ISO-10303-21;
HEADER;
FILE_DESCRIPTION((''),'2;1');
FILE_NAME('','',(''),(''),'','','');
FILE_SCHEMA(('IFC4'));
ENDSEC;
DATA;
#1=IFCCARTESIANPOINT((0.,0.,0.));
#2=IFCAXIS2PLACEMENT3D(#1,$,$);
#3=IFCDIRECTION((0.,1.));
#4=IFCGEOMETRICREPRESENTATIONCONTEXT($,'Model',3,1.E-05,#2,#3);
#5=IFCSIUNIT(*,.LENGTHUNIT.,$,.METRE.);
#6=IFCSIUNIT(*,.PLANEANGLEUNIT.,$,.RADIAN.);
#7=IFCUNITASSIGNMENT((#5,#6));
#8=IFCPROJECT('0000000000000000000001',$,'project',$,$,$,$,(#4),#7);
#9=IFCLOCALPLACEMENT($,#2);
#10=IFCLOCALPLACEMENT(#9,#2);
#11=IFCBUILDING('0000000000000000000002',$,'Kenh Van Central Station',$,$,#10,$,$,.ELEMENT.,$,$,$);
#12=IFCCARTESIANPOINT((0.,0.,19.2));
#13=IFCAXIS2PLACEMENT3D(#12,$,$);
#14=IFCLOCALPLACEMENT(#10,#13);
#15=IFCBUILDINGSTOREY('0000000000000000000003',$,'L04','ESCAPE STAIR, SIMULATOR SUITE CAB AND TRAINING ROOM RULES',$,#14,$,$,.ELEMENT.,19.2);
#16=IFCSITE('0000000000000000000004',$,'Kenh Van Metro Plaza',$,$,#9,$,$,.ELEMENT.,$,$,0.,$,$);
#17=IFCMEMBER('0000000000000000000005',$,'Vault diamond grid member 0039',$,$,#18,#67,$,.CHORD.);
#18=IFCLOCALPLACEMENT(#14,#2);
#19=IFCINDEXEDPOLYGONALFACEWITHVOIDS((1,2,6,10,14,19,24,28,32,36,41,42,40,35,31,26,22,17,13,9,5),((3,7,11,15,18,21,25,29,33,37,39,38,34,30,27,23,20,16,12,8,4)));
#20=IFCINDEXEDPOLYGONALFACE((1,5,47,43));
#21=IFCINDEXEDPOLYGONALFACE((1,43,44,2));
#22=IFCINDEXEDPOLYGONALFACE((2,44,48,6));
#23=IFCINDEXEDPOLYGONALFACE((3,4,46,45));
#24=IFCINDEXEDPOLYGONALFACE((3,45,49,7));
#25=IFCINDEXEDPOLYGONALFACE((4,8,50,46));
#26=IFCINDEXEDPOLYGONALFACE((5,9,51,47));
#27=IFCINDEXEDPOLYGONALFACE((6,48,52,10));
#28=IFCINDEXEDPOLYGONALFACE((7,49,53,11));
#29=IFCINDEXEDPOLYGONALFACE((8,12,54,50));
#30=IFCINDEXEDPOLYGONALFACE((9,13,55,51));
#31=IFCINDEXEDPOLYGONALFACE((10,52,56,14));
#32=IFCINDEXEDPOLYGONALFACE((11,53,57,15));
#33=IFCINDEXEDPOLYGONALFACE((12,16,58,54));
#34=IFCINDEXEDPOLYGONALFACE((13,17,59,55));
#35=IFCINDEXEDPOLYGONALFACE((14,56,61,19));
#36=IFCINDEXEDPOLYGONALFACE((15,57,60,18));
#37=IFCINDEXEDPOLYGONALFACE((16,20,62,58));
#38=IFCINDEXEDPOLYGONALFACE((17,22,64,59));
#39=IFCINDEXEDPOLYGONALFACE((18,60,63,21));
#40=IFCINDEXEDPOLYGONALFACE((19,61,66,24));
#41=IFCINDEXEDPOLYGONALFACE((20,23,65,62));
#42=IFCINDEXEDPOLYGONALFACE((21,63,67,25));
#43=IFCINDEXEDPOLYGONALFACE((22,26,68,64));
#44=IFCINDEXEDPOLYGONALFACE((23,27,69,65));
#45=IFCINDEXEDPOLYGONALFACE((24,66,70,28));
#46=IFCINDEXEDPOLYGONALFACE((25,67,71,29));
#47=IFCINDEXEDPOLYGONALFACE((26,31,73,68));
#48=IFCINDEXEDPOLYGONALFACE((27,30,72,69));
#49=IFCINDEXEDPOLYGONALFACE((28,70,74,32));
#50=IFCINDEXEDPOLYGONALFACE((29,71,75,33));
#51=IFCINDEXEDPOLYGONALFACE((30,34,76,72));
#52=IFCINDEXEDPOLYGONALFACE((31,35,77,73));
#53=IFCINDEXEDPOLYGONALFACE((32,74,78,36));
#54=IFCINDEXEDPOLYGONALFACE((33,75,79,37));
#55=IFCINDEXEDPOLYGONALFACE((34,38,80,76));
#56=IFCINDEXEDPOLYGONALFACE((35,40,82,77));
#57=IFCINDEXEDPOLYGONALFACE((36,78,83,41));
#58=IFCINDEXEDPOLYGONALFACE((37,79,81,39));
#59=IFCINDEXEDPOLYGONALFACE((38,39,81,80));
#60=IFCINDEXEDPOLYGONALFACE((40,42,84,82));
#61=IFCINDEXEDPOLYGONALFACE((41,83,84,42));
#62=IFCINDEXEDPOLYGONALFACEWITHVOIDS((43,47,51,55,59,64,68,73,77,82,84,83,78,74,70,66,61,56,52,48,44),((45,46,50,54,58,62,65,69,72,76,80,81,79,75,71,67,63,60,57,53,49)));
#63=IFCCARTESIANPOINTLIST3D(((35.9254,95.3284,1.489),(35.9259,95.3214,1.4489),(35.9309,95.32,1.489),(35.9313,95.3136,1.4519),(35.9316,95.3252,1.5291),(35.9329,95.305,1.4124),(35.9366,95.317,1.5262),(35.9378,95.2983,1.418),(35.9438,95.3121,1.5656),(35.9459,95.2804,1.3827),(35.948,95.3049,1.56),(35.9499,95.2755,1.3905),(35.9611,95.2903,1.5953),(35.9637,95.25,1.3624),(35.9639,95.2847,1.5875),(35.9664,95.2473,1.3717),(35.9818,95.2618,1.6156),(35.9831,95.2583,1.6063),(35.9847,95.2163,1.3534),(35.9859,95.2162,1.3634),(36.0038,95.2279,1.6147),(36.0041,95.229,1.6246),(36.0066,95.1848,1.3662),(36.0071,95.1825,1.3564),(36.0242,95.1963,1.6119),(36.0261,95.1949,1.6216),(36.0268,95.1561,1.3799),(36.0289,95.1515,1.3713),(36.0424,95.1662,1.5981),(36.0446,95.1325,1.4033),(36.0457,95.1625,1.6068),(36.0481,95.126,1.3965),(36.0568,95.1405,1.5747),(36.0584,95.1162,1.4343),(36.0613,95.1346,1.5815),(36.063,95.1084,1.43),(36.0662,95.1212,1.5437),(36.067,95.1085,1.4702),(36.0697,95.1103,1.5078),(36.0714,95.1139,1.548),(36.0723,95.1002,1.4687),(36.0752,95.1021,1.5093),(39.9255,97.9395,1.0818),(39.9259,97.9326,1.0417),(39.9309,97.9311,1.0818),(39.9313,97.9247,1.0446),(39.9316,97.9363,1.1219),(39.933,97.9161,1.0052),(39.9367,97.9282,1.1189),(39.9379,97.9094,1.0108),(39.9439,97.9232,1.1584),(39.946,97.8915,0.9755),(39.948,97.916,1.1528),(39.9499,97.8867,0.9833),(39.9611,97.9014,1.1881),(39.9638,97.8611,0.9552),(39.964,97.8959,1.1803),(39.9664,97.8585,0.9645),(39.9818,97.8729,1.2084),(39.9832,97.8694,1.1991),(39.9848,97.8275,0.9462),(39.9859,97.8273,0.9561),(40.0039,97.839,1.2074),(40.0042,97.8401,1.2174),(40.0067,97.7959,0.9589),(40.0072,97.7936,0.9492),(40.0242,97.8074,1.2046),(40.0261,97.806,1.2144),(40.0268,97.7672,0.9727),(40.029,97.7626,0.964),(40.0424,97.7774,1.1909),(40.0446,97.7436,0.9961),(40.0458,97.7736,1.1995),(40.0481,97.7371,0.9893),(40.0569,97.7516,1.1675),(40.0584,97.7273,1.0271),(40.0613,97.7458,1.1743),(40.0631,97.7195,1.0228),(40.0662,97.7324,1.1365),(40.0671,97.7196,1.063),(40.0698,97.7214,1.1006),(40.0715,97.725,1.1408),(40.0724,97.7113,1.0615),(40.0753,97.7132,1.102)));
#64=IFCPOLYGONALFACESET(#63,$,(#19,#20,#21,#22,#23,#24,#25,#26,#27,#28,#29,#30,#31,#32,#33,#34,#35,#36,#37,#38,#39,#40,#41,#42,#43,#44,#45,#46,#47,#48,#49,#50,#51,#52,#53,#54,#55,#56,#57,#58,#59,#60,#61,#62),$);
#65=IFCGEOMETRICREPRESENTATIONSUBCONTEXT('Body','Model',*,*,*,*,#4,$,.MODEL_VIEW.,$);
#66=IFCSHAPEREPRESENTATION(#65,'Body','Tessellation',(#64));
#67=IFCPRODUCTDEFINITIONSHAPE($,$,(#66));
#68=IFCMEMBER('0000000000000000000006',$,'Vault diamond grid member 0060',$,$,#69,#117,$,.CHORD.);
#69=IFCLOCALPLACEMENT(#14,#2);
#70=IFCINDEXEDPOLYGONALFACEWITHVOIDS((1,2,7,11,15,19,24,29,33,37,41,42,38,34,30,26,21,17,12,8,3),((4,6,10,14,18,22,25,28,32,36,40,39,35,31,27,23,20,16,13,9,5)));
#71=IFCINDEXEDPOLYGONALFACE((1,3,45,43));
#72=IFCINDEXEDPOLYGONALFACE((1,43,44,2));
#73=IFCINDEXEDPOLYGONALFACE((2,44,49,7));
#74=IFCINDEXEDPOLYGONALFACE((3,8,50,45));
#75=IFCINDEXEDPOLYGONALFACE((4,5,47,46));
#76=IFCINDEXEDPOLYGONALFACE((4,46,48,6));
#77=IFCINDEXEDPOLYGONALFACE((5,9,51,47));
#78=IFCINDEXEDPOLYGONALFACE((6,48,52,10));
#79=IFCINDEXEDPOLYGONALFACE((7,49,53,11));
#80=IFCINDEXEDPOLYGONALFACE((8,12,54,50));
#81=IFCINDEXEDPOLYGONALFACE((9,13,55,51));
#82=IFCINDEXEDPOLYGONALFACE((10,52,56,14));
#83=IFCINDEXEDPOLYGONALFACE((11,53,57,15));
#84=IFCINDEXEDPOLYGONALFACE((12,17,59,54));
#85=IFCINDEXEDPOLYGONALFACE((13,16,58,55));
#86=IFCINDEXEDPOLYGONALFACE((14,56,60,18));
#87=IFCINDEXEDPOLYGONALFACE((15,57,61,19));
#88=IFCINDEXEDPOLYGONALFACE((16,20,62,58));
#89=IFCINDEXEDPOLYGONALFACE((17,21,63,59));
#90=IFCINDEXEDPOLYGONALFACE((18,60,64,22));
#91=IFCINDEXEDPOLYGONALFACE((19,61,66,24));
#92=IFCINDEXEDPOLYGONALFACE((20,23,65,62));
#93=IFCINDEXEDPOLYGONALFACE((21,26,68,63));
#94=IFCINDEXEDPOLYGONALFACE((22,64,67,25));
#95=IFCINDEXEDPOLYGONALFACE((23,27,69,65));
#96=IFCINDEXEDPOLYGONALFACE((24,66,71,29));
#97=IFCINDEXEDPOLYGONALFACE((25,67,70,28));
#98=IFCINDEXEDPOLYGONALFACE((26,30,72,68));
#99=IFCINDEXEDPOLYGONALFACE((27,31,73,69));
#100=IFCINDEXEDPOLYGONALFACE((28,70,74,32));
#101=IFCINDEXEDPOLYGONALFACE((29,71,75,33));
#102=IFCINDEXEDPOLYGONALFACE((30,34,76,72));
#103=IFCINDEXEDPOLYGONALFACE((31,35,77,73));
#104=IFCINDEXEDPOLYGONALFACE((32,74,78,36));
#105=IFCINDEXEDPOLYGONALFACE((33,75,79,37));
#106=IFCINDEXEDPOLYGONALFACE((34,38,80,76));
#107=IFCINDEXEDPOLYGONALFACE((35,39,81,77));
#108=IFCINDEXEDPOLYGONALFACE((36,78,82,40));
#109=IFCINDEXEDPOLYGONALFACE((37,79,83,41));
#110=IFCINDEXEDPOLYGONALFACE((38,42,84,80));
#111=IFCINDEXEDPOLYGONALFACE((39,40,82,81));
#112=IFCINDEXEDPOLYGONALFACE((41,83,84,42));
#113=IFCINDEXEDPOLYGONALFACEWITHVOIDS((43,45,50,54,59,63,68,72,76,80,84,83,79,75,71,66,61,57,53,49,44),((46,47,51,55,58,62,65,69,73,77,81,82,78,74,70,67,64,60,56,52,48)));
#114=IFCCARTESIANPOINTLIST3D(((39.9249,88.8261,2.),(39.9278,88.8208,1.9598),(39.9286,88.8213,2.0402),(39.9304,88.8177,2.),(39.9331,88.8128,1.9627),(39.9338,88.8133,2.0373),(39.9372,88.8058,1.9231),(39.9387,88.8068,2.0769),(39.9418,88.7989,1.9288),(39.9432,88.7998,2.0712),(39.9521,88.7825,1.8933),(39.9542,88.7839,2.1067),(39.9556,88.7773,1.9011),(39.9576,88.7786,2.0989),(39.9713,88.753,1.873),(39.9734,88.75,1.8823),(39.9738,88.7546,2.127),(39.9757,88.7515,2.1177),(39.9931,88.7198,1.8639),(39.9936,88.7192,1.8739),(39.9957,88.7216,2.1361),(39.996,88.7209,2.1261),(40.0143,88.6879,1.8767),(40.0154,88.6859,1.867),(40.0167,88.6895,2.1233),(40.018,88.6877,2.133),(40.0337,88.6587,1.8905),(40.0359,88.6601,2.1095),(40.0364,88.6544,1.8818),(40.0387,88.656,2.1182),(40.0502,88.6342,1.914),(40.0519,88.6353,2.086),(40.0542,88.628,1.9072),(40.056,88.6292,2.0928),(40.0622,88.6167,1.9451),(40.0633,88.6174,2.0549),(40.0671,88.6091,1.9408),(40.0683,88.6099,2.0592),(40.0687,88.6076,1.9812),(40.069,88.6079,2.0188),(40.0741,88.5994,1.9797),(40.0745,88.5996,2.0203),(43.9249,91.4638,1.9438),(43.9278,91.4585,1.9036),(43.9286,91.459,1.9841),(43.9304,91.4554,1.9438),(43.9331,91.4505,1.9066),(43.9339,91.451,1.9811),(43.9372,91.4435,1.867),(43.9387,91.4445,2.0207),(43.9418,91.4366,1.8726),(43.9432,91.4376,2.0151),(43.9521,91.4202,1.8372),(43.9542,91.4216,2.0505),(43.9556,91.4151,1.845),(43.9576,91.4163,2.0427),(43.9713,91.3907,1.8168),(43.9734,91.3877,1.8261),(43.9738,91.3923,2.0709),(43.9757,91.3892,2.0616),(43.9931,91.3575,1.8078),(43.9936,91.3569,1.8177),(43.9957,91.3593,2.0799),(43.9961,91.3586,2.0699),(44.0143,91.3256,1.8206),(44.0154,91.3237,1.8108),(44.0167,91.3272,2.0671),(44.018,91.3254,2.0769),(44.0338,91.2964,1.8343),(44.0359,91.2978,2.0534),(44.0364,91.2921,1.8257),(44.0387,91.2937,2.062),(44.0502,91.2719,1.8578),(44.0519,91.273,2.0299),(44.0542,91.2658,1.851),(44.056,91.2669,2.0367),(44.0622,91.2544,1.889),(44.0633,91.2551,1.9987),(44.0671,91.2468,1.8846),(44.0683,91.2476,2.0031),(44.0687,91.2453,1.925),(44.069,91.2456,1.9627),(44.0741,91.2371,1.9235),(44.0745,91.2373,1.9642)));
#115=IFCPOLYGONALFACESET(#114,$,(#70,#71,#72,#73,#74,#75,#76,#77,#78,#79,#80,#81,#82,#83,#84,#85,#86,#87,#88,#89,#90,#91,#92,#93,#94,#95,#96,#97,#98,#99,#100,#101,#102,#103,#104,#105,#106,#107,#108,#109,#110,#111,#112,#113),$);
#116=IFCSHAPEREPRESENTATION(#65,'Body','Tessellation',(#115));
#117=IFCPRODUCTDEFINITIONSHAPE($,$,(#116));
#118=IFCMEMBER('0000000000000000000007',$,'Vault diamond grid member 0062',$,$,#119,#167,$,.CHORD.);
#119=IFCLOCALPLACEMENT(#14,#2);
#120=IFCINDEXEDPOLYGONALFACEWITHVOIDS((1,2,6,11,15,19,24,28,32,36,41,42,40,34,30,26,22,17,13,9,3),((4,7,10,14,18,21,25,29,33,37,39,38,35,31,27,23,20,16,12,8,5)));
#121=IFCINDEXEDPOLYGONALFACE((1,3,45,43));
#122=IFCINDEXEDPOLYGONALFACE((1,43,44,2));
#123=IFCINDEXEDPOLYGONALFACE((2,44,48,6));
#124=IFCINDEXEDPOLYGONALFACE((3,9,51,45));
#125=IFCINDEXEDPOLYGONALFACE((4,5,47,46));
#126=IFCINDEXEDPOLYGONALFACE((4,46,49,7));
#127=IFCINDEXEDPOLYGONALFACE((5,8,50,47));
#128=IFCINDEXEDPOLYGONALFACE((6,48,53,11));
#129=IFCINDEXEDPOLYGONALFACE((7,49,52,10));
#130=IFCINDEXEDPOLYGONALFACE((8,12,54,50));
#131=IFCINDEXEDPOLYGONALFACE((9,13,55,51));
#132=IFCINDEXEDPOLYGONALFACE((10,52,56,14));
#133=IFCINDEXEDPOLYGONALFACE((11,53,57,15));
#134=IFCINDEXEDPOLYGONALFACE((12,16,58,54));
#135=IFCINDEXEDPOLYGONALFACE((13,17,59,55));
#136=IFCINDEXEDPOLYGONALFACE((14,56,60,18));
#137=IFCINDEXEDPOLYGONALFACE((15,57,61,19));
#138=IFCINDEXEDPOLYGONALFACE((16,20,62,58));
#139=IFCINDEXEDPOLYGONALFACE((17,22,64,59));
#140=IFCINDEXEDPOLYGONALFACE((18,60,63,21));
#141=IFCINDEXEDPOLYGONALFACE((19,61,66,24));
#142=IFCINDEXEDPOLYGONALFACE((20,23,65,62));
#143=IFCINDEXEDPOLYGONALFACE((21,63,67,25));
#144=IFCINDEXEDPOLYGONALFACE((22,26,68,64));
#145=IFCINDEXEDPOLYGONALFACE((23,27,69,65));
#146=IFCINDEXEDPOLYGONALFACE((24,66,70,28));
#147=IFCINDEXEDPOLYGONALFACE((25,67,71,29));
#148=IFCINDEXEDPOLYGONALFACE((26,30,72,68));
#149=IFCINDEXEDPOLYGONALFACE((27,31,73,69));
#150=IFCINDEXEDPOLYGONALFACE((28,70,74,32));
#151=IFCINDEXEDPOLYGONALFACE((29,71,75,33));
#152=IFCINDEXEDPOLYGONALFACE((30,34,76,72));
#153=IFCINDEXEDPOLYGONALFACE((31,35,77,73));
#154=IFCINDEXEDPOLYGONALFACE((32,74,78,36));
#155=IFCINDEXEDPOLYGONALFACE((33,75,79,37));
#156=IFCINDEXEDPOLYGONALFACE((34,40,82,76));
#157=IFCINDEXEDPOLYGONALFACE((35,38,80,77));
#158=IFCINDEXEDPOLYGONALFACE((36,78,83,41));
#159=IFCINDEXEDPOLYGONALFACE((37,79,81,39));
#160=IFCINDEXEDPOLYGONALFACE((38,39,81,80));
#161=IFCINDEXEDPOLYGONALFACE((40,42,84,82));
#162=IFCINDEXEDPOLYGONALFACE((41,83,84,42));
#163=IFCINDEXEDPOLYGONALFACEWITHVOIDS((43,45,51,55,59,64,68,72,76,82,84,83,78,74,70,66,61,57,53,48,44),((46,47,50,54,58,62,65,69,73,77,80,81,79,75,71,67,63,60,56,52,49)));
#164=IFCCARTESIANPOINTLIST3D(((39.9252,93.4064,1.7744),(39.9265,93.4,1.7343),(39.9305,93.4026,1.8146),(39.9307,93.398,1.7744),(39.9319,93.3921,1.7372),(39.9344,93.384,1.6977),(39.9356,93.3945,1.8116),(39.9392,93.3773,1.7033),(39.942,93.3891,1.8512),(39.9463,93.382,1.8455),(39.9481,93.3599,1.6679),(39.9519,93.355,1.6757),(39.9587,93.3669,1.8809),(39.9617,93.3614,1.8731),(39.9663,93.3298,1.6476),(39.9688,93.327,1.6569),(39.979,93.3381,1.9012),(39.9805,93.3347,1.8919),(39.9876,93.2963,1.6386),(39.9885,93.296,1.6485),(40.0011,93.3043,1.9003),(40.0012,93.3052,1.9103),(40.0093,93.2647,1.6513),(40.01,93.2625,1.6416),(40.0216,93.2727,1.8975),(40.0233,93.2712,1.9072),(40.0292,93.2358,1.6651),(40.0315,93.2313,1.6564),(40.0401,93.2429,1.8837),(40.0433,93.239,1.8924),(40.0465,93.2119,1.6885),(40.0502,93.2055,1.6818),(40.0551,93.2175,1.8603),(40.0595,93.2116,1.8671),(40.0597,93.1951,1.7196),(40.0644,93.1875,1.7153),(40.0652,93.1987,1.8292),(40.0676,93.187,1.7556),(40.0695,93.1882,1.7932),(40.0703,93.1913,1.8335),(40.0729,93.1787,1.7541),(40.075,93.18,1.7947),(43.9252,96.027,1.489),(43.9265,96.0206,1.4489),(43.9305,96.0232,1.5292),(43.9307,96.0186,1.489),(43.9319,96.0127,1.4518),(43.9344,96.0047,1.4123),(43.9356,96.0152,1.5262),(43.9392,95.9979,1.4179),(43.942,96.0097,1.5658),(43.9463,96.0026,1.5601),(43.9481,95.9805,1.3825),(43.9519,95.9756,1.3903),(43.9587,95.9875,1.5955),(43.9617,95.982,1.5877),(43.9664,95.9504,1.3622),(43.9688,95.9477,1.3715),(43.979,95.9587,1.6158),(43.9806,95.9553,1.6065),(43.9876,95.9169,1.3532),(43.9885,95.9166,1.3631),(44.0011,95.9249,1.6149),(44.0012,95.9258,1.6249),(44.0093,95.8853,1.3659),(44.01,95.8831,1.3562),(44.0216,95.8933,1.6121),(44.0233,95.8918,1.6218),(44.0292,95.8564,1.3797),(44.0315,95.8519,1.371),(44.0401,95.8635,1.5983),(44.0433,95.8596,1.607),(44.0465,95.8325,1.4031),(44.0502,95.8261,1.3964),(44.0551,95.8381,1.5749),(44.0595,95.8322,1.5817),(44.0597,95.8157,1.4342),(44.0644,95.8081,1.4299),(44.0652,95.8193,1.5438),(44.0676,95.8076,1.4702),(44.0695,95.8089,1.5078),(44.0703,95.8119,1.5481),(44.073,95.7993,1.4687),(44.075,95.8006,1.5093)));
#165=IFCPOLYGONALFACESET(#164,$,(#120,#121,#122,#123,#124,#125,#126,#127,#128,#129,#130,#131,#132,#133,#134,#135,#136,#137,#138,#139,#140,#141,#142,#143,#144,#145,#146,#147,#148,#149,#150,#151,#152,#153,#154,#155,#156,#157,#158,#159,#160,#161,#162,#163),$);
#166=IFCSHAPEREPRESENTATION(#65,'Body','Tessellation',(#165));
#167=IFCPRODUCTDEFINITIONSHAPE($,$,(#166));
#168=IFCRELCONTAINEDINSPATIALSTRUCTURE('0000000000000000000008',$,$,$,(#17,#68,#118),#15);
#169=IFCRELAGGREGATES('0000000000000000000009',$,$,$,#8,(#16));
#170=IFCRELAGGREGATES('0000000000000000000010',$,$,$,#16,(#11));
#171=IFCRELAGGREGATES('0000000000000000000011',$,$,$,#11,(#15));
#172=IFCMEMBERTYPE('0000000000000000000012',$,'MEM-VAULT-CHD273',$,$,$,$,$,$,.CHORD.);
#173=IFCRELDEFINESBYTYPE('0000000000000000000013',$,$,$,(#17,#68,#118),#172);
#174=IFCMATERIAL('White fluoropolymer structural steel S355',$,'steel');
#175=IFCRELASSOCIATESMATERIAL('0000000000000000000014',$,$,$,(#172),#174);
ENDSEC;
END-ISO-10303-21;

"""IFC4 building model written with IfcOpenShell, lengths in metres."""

from ifc_helpers import new_model, si_unit, direction, frame, origin, origin_2d, place, context, subcontext, project, spatial, hollow_circle, extrude, material, material_profile, profile_set, type_object, element, save


model = new_model("IFC4")

# Units and contexts
model_context = context("Model", 3, precision=1e-05, world=origin(), true_north=direction((0.0, 1.0)))
body_context = subcontext(model_context, "Body", "Model", "MODEL_VIEW")
ifc_project = project(units=[si_unit("LENGTHUNIT", "METRE"), si_unit("PLANEANGLEUNIT", "RADIAN")], contexts=[model_context])

# Site, building, storey
site_placement = place(None, origin())
site = spatial("IfcSite", under=ifc_project, at=site_placement, Name="Kenh Van Metro Plaza", CompositionType="ELEMENT", RefElevation=0.0)
building_placement = place(site_placement, origin())
building = spatial("IfcBuilding", under=site, at=building_placement, Name="Kenh Van Central Station", CompositionType="ELEMENT")
storey_placement = place(building_placement, frame((0.0, 0.0, 19.2)))
storey = spatial("IfcBuildingStorey", under=building, at=storey_placement, Name="L04", Description="ESCAPE STAIR, SIMULATOR SUITE CAB AND TRAINING ROOM RULES", CompositionType="ELEMENT", Elevation=19.2)

# Shared definitions
ifc_material_1 = material(Name="White fluoropolymer structural steel S355", Category="steel")

# Members
ifc_material_profile_1 = material_profile(ifc_material_1, hollow_circle(Radius=0.1365, WallThickness=0.01, at=origin_2d()), Name="CHS 273x10")
ifc_profile_set_1 = profile_set([ifc_material_profile_1], Name="White fluoropolymer structural steel S355")
member_type_1 = type_object("IfcMemberType", Name="MEM-VAULT-CHD273", PredefinedType="CHORD", material=ifc_profile_set_1)
member_1_placement = place(storey_placement, frame((36.0, 95.2141, 1.489), z_axis=(0.834355, 0.544643, -0.084943), x_axis=(-0.546619, 0.837382, 0.0)))
element("IfcMember", 1, at=member_1_placement, inside=storey, type_object=member_type_1, Name="Vault diamond grid member 0039", PredefinedType="CHORD", context=body_context, shape_type="SweptSolid", body=[
    extrude(hollow_circle(Radius=0.1365, WallThickness=0.01, at=origin_2d()), origin(), (0.0, 0.0, 1.0), 4.7942),
])
member_2_placement = place(storey_placement, frame((40.0, 88.7122, 2.0), z_axis=(0.834773, 0.550469, -0.011719), x_axis=(-0.550507, 0.83483, 0.0)))
element("IfcMember", 2, at=member_2_placement, inside=storey, type_object=member_type_1, Name="Vault diamond grid member 0060", PredefinedType="CHORD", context=body_context, shape_type="SweptSolid", body=[
    extrude(hollow_circle(Radius=0.1365, WallThickness=0.01, at=origin_2d()), origin(), (0.0, 0.0, 1.0), 4.7917),
])
member_3_placement = place(storey_placement, frame((40.0, 93.2922, 1.7744), z_axis=(0.834983, 0.547041, -0.059576), x_axis=(-0.548014, 0.836469, 0.0)))
element("IfcMember", 3, at=member_3_placement, inside=storey, type_object=member_type_1, Name="Vault diamond grid member 0062", PredefinedType="CHORD", context=body_context, shape_type="SweptSolid", body=[
    extrude(hollow_circle(Radius=0.1365, WallThickness=0.01, at=origin_2d()), origin(), (0.0, 0.0, 1.0), 4.7905),
])

save(model, "model.ifc")
